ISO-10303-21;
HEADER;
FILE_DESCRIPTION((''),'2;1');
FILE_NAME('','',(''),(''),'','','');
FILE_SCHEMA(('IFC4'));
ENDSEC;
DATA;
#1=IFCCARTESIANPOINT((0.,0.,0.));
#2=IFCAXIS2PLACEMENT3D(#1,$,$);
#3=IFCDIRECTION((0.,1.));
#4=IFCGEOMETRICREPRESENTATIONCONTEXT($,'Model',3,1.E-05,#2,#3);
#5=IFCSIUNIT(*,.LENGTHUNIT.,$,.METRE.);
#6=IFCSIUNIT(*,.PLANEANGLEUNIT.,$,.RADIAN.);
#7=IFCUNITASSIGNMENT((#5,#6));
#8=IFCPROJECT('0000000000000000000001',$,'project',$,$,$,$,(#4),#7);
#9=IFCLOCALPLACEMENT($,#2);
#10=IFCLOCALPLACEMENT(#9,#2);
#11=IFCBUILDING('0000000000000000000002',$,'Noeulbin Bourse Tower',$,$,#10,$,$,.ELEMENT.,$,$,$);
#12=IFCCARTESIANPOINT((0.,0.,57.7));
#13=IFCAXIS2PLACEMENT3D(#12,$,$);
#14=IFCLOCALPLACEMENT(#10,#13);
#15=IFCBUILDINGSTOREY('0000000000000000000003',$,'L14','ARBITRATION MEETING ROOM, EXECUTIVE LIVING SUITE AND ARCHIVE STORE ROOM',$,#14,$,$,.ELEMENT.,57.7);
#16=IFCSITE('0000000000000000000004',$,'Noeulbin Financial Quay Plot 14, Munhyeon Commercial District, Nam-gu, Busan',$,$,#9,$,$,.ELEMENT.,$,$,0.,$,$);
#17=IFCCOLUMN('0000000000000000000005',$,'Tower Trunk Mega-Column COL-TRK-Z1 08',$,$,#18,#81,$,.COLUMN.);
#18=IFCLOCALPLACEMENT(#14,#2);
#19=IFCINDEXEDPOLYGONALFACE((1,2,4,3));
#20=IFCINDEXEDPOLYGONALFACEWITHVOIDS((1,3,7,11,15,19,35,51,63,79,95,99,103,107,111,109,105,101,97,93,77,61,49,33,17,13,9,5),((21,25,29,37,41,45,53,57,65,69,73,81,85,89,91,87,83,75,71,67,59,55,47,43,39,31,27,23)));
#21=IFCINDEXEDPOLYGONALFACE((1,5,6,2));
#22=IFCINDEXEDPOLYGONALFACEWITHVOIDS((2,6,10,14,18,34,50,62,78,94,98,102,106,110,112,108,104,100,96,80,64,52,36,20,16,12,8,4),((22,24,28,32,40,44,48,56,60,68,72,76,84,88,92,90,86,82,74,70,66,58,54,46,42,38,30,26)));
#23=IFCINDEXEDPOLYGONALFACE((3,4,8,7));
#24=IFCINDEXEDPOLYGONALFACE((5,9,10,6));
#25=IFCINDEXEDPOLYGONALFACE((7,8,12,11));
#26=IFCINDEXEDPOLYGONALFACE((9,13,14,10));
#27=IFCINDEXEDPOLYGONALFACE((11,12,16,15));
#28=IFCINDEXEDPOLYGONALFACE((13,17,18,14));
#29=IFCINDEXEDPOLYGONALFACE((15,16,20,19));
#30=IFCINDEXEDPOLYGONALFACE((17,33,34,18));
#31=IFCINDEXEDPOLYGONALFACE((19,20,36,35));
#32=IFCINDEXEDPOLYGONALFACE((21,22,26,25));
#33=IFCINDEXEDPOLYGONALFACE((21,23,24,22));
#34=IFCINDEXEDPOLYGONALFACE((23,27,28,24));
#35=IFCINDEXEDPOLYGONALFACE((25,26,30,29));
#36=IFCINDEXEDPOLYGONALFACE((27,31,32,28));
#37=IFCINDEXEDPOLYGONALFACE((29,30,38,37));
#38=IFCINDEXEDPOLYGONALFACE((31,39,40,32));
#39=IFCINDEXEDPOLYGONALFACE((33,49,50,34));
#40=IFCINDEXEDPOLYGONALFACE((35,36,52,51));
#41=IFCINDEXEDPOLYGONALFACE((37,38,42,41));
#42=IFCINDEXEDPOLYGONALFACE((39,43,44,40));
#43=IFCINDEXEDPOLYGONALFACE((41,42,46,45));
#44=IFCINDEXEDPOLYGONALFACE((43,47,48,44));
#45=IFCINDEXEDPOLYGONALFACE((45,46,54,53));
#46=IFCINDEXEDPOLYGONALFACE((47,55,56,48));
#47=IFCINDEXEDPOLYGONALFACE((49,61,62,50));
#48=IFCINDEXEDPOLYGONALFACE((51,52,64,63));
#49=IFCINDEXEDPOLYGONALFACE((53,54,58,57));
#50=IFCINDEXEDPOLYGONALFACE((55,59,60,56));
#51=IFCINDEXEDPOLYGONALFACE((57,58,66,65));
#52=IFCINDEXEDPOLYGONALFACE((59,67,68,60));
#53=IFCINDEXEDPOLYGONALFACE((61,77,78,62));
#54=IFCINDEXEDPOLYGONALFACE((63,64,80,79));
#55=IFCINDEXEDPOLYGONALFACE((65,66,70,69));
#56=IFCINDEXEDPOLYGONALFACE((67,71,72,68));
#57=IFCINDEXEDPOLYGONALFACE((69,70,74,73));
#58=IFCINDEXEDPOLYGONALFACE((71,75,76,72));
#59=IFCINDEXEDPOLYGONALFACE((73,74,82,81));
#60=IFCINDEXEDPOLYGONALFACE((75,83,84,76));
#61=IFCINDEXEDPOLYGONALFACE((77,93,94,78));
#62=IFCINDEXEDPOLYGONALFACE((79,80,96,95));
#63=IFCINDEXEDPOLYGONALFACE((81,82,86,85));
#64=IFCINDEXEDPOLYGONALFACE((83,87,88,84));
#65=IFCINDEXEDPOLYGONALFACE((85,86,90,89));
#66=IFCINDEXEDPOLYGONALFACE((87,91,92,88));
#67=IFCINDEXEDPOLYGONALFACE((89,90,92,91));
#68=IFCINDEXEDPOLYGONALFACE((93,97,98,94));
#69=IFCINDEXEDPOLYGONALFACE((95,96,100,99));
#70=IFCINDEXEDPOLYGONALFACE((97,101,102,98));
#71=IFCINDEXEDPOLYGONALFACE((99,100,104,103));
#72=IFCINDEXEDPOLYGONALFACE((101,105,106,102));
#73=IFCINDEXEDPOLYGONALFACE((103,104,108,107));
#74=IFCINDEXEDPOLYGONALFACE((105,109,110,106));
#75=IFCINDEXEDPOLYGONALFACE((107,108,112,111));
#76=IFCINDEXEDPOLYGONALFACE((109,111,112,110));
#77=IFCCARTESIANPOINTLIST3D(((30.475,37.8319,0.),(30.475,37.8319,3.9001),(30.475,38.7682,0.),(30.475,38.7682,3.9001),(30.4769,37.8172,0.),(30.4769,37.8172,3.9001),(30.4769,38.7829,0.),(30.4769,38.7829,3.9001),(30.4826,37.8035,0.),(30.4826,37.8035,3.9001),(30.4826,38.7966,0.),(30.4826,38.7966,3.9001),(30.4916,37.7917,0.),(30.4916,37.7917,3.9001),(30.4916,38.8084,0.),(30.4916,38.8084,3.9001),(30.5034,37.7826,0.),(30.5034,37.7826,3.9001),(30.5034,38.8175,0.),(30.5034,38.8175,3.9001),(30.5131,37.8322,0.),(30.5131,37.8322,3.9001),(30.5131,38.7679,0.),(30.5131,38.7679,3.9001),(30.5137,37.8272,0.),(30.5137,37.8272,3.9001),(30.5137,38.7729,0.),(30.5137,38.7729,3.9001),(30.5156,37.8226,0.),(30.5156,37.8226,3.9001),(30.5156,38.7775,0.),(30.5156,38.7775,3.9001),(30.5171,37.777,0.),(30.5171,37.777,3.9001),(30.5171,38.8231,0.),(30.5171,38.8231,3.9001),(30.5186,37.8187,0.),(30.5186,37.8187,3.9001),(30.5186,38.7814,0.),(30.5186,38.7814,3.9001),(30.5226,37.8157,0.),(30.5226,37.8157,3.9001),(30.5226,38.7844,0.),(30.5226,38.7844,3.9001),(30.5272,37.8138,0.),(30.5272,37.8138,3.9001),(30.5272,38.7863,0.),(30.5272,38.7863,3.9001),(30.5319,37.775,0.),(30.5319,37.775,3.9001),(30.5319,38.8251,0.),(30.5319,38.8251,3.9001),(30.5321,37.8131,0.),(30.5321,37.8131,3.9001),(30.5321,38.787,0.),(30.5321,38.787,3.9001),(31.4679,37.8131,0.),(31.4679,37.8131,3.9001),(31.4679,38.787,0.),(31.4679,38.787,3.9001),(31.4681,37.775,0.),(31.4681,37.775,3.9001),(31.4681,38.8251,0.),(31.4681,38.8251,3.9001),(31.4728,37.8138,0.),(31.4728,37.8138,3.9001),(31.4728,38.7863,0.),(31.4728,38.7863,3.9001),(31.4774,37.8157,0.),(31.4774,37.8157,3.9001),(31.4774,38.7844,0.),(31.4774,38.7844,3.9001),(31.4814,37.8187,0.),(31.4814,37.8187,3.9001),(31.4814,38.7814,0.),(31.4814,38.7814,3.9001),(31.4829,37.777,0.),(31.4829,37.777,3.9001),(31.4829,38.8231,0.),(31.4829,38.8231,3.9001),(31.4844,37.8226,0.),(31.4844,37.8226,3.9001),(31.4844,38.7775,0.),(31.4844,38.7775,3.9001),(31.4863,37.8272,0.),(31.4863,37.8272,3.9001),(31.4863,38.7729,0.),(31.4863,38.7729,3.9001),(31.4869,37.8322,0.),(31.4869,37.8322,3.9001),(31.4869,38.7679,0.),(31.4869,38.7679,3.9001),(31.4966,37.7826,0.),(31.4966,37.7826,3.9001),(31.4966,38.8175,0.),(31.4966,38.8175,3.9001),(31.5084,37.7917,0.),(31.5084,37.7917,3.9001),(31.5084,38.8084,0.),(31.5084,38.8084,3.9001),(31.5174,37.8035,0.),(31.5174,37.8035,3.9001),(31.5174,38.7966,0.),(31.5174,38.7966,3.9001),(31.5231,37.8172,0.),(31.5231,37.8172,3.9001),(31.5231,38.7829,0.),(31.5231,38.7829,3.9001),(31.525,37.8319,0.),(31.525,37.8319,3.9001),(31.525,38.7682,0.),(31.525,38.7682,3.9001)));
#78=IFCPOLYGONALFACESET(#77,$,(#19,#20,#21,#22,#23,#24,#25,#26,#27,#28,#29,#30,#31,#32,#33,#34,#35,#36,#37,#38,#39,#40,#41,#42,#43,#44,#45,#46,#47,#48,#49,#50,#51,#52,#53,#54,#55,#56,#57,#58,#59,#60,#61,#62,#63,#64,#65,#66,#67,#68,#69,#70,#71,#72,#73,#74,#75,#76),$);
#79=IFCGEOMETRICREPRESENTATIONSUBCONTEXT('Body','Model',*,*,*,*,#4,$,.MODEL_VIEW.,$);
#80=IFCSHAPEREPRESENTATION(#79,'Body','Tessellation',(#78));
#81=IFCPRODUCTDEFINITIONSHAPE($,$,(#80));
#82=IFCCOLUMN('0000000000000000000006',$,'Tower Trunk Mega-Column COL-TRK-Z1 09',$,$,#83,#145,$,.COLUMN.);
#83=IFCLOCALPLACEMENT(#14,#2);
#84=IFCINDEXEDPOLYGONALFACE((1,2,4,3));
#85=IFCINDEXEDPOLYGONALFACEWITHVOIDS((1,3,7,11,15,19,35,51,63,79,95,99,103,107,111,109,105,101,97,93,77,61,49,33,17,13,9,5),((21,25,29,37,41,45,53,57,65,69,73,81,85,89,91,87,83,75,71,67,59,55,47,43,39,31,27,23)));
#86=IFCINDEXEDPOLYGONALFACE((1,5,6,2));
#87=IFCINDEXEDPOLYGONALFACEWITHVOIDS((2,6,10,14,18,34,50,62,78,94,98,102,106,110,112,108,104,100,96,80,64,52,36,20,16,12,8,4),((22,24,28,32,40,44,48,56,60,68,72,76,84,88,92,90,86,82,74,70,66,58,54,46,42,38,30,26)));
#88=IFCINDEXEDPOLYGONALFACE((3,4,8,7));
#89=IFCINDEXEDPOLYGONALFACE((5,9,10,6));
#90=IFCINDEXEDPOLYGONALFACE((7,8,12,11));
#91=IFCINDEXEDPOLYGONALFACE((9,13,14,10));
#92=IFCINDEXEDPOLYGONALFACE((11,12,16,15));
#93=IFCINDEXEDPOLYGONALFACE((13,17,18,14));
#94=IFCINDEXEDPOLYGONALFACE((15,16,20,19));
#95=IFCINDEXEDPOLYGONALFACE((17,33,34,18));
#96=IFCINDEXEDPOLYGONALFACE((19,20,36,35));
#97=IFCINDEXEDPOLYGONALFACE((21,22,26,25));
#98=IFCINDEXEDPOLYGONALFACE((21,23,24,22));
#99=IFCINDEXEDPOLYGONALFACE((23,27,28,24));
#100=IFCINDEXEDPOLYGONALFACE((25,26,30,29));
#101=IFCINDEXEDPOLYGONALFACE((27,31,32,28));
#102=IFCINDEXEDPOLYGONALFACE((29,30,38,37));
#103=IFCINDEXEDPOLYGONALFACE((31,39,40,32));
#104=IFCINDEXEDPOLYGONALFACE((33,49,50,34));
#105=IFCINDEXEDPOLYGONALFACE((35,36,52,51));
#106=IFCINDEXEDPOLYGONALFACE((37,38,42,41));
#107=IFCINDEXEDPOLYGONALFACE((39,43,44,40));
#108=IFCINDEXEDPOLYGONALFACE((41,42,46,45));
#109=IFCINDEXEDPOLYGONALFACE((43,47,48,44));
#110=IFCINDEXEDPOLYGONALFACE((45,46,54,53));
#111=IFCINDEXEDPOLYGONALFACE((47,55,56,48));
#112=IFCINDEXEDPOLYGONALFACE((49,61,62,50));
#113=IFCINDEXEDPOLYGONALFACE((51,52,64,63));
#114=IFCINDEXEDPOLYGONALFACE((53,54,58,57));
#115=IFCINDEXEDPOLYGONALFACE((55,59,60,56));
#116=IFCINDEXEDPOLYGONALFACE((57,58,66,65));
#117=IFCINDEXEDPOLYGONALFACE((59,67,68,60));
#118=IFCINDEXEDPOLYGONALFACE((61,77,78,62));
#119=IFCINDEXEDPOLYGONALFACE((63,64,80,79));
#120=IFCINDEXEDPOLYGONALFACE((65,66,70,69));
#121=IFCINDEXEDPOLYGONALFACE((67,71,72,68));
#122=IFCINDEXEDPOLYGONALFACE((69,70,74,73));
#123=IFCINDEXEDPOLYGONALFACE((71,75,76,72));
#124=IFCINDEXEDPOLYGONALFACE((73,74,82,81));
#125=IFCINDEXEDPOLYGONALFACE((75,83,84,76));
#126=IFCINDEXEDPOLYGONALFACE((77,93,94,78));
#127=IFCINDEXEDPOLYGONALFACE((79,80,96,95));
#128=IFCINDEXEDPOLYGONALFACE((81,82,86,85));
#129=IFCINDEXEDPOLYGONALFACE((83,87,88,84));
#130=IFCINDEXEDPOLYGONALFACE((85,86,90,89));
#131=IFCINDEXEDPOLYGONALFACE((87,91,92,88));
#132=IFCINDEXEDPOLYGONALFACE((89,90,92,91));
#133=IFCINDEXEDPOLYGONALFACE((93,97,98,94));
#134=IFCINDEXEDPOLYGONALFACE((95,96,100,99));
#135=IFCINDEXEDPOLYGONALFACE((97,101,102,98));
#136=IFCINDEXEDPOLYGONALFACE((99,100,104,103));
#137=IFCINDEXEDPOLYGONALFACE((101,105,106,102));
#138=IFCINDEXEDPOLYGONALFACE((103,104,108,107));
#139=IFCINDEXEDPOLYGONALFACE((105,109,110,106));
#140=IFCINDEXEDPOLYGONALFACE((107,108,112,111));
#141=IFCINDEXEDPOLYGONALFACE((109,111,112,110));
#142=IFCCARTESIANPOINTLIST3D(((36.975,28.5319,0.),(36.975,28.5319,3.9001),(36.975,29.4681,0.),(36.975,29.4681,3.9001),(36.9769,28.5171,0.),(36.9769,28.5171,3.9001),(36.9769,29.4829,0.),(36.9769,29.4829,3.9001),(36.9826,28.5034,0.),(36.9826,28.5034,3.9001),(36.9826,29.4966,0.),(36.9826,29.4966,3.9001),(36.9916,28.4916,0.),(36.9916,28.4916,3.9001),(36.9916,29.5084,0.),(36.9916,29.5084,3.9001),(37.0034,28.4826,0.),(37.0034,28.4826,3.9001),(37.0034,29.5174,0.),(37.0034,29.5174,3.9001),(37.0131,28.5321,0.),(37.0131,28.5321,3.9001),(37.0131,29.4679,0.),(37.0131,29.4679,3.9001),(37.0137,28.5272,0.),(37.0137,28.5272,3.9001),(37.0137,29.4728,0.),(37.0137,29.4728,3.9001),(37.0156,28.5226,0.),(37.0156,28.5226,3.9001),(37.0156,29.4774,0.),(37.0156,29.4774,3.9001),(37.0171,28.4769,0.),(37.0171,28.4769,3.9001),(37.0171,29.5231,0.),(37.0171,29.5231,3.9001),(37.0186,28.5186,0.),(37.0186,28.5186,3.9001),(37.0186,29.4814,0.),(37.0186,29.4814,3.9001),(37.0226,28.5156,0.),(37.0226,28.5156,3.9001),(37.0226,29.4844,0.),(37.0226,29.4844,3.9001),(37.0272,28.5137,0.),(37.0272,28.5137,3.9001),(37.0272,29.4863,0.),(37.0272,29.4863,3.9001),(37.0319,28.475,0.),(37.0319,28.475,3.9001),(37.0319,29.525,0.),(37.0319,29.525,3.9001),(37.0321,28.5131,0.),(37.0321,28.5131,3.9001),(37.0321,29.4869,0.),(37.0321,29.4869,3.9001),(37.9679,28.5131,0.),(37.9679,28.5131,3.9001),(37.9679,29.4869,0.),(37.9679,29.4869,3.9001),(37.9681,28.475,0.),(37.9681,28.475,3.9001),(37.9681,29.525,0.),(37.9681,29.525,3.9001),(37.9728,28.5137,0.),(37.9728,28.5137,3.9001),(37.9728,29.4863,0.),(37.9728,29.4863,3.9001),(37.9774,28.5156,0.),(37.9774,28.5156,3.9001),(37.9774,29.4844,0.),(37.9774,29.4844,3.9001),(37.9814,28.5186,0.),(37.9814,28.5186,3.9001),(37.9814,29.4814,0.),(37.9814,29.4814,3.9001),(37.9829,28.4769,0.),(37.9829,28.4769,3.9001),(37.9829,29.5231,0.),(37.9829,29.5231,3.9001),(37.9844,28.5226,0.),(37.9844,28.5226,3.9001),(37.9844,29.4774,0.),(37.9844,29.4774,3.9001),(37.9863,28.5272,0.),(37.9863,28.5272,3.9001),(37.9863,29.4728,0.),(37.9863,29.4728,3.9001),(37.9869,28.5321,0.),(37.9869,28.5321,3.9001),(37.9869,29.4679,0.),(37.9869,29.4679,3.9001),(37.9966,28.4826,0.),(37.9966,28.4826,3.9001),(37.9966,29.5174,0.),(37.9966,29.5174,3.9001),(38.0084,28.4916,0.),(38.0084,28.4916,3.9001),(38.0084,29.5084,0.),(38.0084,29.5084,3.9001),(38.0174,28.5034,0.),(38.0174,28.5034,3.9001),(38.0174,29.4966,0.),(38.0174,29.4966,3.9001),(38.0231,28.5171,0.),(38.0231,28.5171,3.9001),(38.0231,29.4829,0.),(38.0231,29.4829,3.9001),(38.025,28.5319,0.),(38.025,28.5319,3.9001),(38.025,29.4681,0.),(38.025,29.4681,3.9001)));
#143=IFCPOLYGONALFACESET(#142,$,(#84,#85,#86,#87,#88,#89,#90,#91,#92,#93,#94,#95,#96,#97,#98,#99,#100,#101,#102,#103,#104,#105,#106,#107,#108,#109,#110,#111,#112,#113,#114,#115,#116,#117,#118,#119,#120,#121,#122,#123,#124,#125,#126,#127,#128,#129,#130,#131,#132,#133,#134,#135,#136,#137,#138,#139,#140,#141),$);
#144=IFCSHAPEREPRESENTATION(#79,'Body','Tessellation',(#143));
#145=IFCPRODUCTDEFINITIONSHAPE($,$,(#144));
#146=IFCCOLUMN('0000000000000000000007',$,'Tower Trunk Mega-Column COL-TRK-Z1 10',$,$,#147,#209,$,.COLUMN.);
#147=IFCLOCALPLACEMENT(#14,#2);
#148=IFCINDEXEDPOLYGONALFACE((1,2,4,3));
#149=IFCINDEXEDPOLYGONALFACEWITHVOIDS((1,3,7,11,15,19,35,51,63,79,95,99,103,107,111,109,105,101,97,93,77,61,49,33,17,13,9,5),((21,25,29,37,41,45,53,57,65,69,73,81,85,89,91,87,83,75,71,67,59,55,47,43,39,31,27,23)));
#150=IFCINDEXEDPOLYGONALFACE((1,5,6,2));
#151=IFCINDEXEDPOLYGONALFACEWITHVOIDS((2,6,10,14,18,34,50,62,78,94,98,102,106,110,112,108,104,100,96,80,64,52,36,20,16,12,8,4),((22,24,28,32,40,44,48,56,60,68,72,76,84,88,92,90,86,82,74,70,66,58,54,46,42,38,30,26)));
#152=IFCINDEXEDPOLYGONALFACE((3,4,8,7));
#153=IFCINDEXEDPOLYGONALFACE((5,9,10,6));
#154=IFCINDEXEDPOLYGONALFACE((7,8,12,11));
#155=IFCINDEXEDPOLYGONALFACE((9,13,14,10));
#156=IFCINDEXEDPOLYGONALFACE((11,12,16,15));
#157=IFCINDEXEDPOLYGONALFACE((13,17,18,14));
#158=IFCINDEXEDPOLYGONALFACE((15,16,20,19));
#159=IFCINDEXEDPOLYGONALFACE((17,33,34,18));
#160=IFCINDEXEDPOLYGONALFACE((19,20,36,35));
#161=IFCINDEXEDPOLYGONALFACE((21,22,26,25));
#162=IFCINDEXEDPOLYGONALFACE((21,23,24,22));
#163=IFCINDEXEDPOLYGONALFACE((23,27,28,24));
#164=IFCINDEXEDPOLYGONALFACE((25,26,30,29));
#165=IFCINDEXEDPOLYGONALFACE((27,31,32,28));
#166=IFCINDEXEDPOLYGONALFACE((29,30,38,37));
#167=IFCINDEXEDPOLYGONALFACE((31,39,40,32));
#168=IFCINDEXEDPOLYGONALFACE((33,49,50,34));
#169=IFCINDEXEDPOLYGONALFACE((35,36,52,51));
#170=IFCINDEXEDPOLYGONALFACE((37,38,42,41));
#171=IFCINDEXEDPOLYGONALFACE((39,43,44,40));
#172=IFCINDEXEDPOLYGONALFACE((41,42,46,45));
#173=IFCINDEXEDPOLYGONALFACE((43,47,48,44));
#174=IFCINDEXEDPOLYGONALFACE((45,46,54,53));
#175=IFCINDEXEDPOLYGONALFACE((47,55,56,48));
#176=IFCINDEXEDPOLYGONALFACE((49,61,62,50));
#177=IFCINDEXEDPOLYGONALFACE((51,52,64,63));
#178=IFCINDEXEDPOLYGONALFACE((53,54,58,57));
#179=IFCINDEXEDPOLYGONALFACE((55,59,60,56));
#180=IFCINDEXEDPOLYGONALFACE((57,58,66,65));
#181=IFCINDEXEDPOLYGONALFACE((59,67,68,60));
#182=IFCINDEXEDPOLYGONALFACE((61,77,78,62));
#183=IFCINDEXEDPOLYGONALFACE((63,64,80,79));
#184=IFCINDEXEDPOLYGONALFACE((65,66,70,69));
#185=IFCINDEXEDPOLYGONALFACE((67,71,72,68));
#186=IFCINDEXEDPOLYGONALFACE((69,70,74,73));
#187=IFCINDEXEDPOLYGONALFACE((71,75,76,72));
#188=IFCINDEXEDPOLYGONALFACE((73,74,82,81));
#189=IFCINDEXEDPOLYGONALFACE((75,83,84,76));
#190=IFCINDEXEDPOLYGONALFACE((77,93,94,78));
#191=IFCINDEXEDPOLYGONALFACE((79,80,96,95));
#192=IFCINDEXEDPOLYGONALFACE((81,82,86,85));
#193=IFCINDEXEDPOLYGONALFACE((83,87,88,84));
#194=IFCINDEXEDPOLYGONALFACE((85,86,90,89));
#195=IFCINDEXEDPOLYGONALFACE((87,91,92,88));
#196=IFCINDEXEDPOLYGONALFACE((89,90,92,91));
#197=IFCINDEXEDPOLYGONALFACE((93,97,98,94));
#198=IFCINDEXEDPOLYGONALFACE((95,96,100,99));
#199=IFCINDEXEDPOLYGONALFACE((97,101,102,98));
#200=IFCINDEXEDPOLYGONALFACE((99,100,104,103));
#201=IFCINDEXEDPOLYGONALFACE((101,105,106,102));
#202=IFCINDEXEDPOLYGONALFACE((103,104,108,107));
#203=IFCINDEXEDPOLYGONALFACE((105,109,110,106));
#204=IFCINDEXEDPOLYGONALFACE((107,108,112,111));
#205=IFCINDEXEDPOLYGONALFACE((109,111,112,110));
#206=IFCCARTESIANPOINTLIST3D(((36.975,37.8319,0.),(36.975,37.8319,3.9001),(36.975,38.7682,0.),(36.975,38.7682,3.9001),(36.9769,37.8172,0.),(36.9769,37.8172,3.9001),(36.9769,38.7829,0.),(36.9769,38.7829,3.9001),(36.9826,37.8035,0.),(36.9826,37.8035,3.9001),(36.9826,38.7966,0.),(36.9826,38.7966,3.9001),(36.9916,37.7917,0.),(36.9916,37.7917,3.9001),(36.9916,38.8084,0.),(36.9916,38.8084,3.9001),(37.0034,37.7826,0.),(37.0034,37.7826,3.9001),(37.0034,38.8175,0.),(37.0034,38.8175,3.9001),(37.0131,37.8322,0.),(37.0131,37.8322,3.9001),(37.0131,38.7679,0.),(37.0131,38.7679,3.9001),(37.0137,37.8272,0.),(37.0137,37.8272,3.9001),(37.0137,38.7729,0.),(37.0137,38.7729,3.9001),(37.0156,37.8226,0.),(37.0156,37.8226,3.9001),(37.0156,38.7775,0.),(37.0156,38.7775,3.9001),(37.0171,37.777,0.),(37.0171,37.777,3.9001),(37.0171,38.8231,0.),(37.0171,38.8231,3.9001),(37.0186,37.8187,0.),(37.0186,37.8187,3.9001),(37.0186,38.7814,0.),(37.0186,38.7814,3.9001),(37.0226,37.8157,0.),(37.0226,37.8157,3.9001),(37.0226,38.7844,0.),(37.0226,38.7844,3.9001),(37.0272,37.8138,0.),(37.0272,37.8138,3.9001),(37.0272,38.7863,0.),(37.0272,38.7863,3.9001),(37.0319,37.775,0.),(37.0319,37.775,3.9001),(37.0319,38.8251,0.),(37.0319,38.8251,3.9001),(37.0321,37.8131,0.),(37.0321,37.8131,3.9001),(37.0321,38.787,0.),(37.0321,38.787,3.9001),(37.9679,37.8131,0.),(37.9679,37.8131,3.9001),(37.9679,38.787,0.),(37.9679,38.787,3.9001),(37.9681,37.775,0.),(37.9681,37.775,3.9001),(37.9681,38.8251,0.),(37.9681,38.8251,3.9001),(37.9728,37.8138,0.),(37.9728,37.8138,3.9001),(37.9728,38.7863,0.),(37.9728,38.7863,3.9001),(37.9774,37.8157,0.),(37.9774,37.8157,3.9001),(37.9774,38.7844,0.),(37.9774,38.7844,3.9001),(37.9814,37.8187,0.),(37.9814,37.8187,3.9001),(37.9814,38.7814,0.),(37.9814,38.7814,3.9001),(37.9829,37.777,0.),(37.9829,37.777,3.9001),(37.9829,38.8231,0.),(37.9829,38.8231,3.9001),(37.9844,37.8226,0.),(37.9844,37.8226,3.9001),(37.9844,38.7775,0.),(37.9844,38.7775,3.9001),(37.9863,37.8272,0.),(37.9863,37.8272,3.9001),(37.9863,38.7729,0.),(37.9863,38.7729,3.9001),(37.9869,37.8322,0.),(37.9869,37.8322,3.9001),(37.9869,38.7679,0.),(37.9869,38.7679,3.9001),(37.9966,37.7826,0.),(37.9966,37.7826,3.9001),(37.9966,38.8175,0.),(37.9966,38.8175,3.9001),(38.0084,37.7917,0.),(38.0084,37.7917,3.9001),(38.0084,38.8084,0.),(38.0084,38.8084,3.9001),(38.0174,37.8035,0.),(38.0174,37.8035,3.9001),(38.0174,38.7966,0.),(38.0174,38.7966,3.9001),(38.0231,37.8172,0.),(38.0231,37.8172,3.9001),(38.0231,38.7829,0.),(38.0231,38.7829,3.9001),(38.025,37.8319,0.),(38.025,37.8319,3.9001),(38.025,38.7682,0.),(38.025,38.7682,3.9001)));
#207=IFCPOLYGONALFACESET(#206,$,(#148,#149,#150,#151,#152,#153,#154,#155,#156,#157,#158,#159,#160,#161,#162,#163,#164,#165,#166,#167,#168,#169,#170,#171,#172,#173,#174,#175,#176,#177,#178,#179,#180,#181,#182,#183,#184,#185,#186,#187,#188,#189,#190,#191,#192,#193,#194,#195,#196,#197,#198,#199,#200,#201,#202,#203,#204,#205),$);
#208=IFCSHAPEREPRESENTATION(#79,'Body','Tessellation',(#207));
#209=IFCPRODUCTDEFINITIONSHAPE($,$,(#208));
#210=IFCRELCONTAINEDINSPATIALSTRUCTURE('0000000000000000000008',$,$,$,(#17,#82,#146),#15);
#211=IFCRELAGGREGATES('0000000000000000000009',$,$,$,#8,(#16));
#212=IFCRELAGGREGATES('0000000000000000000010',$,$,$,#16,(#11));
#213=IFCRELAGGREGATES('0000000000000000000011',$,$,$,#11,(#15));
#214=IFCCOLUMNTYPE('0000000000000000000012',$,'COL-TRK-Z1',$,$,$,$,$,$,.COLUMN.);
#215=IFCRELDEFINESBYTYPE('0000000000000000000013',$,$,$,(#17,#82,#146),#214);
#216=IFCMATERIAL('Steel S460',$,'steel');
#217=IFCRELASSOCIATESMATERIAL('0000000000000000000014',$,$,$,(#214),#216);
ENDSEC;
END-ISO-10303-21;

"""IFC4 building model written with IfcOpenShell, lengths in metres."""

from ifc_helpers import new_model, si_unit, direction, frame, origin, origin_2d, place, context, subcontext, project, spatial, hollow_rectangle, extrude, material, material_profile, profile_set, type_object, element, save


model = new_model("IFC4")

# Units and contexts
model_context = context("Model", 3, precision=1e-05, world=origin(), true_north=direction((0.0, 1.0)))
body_context = subcontext(model_context, "Body", "Model", "MODEL_VIEW")
ifc_project = project(units=[si_unit("LENGTHUNIT", "METRE"), si_unit("PLANEANGLEUNIT", "RADIAN")], contexts=[model_context])

# Site, building, storey
site_placement = place(None, origin())
site = spatial("IfcSite", under=ifc_project, at=site_placement, Name="Noeulbin Financial Quay Plot 14, Munhyeon Commercial District, Nam-gu, Busan", CompositionType="ELEMENT", RefElevation=0.0)
building_placement = place(site_placement, origin())
building = spatial("IfcBuilding", under=site, at=building_placement, Name="Noeulbin Bourse Tower", CompositionType="ELEMENT")
storey_placement = place(building_placement, frame((0.0, 0.0, 57.7)))
storey = spatial("IfcBuildingStorey", under=building, at=storey_placement, Name="L14", Description="ARBITRATION MEETING ROOM, EXECUTIVE LIVING SUITE AND ARCHIVE STORE ROOM", CompositionType="ELEMENT", Elevation=57.7)

# Columns
ifc_material_1 = material(Name="Steel S460", Category="steel")
ifc_material_profile_1 = material_profile(ifc_material_1, hollow_rectangle(XDim=1.05, YDim=1.05, WallThickness=0.0381, InnerFilletRadius=0.019, OuterFilletRadius=0.0569, at=origin_2d()), Name="BOX-1050x1050x38", Category="LoadBearing")
ifc_profile_set_1 = profile_set([ifc_material_profile_1], Name="Steel S460")
column_type = type_object("IfcColumnType", Name="COL-TRK-Z1", PredefinedType="COLUMN", material=ifc_profile_set_1)
for number, where, z_axis, x_axis, name in (
    (1, (31.0, 38.3, 0.0), (0.0, 0.0, 1.0), (1.0, 0.0, 0.0), "Tower Trunk Mega-Column COL-TRK-Z1 08"),
    (2, (37.5, 29.0, 0.0), (0.0, 0.0, 1.0), (1.0, 0.0, 0.0), "Tower Trunk Mega-Column COL-TRK-Z1 09"),
    (3, (37.5, 38.3, 0.0), (0.0, 0.0, 1.0), (1.0, 0.0, 0.0), "Tower Trunk Mega-Column COL-TRK-Z1 10"),
):
    element("IfcColumn", number, at=place(storey_placement, frame(where, z_axis=z_axis, x_axis=x_axis)), inside=storey, type_object=column_type, Name=name, PredefinedType="COLUMN", context=body_context, shape_type="SweptSolid", body=[
        extrude(hollow_rectangle(XDim=1.05, YDim=1.05, WallThickness=0.0381, InnerFilletRadius=0.019, OuterFilletRadius=0.0569, at=origin_2d()), origin(), (0.0, 0.0, 1.0), 3.9001),
    ])

save(model, "model.ifc")
